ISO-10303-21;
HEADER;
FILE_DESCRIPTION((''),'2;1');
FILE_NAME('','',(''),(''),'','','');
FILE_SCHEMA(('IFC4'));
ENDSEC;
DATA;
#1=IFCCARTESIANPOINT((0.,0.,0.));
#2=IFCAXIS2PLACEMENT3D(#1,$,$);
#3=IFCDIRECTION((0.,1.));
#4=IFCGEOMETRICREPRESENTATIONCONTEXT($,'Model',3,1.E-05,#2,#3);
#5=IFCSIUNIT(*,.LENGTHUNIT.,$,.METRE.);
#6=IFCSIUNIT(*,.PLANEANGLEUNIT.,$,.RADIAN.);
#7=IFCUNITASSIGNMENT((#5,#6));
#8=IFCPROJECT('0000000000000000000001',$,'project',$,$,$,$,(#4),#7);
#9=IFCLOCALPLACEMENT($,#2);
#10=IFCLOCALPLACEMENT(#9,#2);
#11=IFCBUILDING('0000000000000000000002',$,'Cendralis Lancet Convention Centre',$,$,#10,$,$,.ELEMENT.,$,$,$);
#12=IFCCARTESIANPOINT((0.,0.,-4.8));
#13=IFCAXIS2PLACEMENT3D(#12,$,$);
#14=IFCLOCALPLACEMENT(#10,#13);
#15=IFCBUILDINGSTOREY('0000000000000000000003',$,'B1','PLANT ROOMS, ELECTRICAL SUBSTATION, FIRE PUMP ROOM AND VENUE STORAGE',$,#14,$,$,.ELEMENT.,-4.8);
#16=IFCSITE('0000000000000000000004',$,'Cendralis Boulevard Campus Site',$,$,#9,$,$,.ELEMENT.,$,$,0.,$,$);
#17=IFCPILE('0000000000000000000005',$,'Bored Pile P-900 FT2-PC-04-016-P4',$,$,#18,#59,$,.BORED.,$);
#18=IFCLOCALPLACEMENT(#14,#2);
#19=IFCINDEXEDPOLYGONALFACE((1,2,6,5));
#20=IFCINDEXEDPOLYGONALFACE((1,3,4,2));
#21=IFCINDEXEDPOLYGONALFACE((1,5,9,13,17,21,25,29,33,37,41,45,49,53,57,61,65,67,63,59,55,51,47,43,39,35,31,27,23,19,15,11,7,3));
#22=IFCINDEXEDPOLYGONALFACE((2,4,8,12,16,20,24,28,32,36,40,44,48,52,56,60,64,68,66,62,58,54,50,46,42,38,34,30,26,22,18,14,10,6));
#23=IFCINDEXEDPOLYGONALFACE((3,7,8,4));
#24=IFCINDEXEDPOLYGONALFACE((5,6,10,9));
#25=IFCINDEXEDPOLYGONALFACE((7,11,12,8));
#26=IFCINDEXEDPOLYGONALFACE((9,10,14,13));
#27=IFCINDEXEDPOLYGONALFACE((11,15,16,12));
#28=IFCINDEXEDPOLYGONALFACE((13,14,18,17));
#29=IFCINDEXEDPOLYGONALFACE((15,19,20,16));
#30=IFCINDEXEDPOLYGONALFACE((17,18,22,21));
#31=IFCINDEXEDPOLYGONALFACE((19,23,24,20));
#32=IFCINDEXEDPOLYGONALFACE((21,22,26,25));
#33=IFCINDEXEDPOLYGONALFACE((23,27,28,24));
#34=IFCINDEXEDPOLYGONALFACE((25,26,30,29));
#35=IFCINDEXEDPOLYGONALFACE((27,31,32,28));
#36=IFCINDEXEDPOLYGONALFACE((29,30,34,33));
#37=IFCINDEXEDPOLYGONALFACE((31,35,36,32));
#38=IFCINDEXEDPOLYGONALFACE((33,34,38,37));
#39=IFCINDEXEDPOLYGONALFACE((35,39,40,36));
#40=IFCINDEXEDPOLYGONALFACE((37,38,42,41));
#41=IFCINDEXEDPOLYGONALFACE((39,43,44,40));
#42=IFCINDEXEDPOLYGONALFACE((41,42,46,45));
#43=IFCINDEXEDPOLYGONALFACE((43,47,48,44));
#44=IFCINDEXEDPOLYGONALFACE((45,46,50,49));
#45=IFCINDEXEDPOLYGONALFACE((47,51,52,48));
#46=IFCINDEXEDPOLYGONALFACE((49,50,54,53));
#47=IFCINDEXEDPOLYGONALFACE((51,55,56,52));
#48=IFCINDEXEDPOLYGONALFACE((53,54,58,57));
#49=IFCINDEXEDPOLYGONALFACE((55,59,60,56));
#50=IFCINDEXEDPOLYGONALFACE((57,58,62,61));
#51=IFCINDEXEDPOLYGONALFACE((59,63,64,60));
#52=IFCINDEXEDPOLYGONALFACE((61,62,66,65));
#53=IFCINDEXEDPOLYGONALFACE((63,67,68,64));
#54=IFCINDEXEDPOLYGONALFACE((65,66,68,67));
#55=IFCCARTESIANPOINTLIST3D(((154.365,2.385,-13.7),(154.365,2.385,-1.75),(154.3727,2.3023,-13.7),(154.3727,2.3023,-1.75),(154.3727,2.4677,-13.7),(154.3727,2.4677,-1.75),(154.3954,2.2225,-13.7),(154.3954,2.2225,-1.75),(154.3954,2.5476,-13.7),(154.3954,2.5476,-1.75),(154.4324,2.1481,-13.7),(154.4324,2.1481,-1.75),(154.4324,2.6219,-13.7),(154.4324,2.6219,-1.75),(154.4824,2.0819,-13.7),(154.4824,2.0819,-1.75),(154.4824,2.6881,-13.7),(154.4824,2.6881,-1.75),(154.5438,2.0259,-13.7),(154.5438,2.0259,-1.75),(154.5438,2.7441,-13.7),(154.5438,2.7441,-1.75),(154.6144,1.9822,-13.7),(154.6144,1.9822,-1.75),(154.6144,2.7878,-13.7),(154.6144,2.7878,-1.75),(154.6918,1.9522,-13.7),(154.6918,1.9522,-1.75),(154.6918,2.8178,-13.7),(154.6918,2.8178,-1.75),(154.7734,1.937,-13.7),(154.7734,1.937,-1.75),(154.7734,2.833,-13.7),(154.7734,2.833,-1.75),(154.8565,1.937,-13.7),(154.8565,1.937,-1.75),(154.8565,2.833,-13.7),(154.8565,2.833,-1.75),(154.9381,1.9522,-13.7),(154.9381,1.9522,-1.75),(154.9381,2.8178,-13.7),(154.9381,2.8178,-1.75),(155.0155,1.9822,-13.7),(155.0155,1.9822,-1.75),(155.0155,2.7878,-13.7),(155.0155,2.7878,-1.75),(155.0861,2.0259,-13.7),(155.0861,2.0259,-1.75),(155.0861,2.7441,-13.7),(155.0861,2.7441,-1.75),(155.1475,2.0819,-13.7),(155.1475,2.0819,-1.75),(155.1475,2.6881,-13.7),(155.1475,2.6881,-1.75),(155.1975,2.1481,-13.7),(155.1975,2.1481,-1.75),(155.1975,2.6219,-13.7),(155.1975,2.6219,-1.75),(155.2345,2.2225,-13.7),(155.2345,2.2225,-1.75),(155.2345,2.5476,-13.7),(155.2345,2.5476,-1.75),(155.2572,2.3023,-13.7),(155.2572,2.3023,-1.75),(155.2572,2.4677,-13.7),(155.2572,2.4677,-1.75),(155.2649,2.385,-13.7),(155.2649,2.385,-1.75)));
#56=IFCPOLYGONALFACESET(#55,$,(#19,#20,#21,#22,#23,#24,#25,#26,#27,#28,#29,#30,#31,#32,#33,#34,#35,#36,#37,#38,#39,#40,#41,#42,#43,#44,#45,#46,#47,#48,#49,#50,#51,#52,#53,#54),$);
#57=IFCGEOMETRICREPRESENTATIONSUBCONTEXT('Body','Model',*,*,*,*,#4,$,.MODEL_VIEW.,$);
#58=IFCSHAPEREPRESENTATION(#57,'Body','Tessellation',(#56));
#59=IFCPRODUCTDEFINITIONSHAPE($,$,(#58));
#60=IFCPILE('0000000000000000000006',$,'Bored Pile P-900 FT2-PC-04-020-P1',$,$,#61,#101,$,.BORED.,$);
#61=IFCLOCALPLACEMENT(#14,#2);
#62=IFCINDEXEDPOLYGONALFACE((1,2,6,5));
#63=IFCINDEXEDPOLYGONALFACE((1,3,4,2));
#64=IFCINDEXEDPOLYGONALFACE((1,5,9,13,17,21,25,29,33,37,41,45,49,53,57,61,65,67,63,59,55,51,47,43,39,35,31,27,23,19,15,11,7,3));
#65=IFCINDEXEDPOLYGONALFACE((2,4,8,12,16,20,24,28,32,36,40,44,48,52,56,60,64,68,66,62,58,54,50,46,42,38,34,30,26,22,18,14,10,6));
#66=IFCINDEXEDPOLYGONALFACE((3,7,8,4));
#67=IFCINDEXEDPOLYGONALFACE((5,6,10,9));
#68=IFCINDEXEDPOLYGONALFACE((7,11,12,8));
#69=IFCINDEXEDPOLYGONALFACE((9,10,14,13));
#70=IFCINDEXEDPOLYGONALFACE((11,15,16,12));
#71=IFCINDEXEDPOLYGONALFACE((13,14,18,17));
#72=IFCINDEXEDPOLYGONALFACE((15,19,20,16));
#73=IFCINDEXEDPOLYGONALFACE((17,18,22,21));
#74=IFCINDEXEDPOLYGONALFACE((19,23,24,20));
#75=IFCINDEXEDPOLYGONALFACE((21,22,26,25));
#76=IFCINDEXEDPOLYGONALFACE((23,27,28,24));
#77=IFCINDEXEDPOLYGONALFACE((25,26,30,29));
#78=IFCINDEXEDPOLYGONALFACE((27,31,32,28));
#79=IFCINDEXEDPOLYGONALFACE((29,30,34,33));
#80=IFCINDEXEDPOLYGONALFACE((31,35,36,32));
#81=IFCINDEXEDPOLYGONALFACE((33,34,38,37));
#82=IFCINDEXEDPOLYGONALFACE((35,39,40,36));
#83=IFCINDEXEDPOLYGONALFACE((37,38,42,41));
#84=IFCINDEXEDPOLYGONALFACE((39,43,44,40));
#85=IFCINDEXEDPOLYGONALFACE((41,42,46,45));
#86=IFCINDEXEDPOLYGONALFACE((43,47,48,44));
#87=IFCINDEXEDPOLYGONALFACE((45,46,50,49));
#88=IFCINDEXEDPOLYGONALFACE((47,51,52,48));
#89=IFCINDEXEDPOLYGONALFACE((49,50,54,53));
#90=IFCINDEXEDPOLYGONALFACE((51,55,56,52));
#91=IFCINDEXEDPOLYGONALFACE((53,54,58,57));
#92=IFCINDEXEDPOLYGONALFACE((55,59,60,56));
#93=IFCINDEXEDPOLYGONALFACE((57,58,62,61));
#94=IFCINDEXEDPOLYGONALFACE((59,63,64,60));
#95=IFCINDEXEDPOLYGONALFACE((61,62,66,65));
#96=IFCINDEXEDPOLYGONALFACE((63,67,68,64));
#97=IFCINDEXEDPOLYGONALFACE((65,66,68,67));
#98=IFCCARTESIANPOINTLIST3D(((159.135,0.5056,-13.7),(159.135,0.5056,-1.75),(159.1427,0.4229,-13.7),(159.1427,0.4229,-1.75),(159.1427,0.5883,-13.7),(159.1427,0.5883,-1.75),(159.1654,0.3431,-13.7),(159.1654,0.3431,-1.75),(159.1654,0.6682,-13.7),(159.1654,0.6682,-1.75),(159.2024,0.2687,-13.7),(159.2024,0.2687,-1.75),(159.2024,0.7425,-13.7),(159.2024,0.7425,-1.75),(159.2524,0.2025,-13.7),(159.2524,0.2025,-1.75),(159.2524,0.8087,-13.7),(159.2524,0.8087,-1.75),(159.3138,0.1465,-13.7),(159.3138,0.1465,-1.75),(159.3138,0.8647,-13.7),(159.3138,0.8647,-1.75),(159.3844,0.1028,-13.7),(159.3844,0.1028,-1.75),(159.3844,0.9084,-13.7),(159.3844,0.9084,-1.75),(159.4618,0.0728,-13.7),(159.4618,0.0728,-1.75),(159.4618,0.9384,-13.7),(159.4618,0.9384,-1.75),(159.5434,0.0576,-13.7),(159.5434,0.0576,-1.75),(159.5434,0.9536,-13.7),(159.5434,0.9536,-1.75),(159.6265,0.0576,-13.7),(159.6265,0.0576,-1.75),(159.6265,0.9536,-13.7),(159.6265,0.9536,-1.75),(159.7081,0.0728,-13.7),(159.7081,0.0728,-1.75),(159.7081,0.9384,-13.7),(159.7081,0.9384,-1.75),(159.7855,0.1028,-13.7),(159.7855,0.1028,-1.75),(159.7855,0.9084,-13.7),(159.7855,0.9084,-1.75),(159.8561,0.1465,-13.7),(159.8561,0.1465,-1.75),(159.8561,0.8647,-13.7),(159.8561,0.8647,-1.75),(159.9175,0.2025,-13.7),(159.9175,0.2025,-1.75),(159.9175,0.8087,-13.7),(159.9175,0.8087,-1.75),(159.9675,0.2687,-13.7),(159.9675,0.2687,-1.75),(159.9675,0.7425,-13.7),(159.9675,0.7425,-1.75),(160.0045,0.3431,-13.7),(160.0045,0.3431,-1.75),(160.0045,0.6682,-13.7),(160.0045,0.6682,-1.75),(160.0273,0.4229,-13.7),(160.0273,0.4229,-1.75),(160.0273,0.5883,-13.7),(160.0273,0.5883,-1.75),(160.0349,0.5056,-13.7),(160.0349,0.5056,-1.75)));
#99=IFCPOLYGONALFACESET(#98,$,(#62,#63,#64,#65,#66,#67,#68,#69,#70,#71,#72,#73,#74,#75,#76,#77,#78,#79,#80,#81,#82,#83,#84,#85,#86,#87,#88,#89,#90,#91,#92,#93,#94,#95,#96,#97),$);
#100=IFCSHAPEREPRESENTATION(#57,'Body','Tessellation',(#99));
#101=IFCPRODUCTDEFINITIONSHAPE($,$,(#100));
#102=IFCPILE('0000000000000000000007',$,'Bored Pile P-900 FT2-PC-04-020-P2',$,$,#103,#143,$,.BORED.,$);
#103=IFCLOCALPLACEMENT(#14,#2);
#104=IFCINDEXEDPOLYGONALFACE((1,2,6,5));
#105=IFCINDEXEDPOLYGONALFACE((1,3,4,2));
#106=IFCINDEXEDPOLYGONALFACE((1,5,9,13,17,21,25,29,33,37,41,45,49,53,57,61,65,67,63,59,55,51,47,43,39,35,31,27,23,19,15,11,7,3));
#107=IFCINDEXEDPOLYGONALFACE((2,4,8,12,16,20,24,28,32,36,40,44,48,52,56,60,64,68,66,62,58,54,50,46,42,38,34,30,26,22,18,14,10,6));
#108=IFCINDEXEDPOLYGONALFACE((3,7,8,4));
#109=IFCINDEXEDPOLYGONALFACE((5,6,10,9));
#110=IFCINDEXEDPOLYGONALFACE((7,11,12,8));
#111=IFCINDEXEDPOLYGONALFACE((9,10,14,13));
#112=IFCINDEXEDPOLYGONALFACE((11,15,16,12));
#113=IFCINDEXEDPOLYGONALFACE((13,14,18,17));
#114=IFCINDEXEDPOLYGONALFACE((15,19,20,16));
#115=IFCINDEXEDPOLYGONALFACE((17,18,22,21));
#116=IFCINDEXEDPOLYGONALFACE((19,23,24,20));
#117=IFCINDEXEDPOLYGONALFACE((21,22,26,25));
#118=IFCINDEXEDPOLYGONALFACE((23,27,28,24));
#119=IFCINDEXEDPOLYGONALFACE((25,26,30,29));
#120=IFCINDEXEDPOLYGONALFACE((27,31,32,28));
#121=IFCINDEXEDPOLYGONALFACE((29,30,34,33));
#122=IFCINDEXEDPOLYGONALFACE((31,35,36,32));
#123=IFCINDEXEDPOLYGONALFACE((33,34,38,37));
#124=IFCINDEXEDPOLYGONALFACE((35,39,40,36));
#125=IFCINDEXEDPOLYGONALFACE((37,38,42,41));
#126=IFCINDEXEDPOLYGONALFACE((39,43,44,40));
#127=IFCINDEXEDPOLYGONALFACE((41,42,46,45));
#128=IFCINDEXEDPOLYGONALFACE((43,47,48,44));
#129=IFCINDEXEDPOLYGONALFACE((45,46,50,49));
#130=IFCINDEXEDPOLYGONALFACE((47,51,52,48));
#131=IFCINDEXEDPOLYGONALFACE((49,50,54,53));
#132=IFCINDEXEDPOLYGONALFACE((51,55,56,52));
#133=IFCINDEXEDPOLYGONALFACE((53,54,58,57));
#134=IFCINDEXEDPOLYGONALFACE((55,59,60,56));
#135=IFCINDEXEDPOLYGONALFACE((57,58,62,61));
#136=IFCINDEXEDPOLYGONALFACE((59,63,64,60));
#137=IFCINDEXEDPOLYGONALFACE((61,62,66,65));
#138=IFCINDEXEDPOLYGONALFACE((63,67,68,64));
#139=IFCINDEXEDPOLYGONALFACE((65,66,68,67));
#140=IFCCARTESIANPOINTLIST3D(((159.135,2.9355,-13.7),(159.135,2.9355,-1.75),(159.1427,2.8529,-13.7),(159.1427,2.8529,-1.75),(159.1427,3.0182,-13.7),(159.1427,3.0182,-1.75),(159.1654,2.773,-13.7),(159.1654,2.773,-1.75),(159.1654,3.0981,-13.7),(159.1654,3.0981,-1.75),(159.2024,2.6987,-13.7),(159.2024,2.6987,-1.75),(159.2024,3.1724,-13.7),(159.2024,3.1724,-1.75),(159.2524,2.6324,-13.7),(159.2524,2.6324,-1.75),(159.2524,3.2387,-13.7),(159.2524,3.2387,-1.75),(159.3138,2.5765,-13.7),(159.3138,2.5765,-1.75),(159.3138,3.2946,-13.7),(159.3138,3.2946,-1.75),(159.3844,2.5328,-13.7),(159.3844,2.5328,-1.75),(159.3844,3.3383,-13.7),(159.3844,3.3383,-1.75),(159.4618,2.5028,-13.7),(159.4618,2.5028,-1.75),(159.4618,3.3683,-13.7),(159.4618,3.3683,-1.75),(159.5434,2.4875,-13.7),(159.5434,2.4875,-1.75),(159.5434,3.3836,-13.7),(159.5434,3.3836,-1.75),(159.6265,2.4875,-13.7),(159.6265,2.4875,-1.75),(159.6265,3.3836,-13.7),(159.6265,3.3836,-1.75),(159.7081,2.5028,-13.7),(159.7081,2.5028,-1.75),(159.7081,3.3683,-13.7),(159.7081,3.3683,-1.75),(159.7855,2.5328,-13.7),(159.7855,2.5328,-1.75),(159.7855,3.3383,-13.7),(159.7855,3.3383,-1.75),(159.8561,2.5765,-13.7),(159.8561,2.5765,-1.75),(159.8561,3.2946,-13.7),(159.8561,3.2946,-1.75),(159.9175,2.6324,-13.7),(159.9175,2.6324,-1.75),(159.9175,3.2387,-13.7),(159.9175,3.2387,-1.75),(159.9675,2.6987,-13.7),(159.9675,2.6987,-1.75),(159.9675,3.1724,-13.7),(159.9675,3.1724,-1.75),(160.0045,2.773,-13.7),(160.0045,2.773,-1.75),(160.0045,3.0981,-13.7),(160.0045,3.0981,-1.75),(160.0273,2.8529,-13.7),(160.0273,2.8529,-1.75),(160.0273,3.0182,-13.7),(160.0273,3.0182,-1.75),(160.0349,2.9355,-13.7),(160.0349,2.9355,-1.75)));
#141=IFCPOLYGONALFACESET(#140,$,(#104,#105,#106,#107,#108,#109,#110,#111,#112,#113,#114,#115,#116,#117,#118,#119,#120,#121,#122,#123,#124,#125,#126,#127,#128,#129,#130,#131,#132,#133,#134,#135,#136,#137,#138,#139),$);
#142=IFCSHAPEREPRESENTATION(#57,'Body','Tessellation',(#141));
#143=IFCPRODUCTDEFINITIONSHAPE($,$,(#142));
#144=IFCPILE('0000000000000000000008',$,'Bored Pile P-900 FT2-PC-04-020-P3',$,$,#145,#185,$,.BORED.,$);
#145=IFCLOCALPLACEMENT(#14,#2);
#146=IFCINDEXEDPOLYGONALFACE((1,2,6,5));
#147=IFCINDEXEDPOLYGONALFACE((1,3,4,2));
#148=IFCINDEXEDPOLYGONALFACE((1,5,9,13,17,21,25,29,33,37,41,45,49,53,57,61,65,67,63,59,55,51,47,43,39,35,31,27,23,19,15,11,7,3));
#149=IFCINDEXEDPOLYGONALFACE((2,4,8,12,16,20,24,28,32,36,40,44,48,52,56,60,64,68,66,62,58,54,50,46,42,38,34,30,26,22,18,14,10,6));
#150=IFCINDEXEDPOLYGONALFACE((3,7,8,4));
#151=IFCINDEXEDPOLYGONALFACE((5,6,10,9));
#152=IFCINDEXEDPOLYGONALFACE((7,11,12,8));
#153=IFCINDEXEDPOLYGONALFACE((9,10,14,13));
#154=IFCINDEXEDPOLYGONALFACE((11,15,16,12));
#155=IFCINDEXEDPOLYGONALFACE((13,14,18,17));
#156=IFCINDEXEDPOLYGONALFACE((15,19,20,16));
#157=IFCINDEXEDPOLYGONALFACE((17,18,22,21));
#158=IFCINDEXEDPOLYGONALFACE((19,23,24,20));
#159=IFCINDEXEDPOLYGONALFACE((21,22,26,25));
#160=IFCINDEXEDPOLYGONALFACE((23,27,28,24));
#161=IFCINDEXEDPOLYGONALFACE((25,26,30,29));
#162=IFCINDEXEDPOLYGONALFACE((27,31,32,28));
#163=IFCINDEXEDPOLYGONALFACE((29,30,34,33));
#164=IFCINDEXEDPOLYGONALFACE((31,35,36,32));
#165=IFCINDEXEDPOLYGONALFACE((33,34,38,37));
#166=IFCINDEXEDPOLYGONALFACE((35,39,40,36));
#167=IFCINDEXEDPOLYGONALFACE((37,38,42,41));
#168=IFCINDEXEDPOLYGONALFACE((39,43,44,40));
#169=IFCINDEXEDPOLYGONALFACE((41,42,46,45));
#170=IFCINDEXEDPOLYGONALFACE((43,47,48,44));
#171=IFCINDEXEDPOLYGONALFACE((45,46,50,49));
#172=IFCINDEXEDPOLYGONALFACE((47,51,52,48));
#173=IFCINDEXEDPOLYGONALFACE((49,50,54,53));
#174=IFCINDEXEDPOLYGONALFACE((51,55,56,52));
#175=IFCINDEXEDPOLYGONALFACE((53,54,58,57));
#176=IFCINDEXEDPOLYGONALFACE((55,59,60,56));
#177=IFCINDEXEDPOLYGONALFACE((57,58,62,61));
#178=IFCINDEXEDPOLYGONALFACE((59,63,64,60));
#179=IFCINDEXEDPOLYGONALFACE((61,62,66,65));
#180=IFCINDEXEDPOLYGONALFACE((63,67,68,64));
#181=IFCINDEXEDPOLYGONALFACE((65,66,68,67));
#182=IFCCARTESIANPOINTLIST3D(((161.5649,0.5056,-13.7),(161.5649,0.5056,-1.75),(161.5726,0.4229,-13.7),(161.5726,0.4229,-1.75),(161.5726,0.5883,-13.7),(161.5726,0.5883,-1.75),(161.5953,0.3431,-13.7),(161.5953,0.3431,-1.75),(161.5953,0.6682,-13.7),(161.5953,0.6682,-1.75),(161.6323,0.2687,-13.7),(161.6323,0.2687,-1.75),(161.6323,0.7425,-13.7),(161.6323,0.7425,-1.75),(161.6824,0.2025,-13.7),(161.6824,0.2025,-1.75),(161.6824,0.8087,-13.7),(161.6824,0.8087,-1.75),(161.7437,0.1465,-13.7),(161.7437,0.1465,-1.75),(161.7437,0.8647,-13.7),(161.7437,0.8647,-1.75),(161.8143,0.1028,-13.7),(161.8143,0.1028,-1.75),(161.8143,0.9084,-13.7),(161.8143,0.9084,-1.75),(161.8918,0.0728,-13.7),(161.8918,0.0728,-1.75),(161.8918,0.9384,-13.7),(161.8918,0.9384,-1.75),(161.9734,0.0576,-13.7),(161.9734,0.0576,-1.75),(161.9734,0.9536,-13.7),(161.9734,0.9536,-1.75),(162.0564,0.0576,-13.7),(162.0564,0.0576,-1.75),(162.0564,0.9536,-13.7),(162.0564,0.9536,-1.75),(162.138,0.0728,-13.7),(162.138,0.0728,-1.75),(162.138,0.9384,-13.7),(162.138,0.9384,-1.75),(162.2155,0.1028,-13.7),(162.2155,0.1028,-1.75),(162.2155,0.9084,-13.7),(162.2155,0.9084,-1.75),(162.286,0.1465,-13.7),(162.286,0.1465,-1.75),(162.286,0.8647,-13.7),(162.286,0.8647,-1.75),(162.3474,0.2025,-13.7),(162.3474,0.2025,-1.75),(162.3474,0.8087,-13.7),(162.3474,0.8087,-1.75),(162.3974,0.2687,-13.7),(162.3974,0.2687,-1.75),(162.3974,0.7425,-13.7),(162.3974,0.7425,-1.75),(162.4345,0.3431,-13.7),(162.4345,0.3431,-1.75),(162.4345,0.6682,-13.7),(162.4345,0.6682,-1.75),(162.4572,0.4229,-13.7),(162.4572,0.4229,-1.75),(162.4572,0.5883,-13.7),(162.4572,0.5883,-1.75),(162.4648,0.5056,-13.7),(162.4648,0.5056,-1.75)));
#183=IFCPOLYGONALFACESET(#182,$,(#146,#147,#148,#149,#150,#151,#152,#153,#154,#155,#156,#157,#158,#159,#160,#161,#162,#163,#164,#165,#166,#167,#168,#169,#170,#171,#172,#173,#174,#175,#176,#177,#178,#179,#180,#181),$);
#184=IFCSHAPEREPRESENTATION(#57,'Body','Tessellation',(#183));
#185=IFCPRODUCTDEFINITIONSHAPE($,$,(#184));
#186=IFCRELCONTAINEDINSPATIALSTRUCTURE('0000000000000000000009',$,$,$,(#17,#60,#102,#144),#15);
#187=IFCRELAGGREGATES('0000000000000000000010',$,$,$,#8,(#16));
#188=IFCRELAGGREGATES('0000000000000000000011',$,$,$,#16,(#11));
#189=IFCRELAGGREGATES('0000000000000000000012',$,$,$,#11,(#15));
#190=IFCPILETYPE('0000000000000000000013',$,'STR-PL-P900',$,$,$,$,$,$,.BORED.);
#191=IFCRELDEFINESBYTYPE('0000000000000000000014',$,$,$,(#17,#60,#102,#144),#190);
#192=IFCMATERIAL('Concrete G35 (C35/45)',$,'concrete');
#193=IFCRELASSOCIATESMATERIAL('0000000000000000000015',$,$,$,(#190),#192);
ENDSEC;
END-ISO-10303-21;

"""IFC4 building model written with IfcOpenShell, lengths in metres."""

from ifc_helpers import new_model, si_unit, direction, frame, origin, origin_2d, place, context, subcontext, project, spatial, circle, extrude, material, material_profile, profile_set, type_object, element, save


model = new_model("IFC4")

# Units and contexts
model_context = context("Model", 3, precision=1e-05, world=origin(), true_north=direction((0.0, 1.0)))
body_context = subcontext(model_context, "Body", "Model", "MODEL_VIEW")
ifc_project = project(units=[si_unit("LENGTHUNIT", "METRE"), si_unit("PLANEANGLEUNIT", "RADIAN")], contexts=[model_context])

# Site, building, storey
site_placement = place(None, origin())
site = spatial("IfcSite", under=ifc_project, at=site_placement, Name="Cendralis Boulevard Campus Site", CompositionType="ELEMENT", RefElevation=0.0)
building_placement = place(site_placement, origin())
building = spatial("IfcBuilding", under=site, at=building_placement, Name="Cendralis Lancet Convention Centre", CompositionType="ELEMENT")
storey_placement = place(building_placement, frame((0.0, 0.0, -4.8)))
storey = spatial("IfcBuildingStorey", under=building, at=storey_placement, Name="B1", Description="PLANT ROOMS, ELECTRICAL SUBSTATION, FIRE PUMP ROOM AND VENUE STORAGE", CompositionType="ELEMENT", Elevation=-4.8)

# Shared definitions
ifc_material_1 = material(Name="Concrete G35 (C35/45)", Category="concrete")

# Piles
ifc_material_profile_1 = material_profile(ifc_material_1, circle(Radius=0.45, at=origin_2d()), Name="BORED PILE D900")
ifc_profile_set_1 = profile_set([ifc_material_profile_1], Name="Concrete G35 (C35/45)")
pile_type_1 = type_object("IfcPileType", Name="STR-PL-P900", PredefinedType="BORED", material=ifc_profile_set_1)
for number, where, z_axis, x_axis, name in (
    (1, (154.8149, 2.385, -1.75), (0.0, 0.0, -1.0), (1.0, 0.0, 0.0), "Bored Pile P-900 FT2-PC-04-016-P4"),
    (2, (159.585, 0.5056, -1.75), (0.0, 0.0, -1.0), (1.0, 0.0, 0.0), "Bored Pile P-900 FT2-PC-04-020-P1"),
    (3, (159.585, 2.9355, -1.75), (0.0, 0.0, -1.0), (1.0, 0.0, 0.0), "Bored Pile P-900 FT2-PC-04-020-P2"),
    (4, (162.0149, 0.5056, -1.75), (0.0, 0.0, -1.0), (1.0, 0.0, 0.0), "Bored Pile P-900 FT2-PC-04-020-P3"),
):
    element("IfcPile", number, at=place(storey_placement, frame(where, z_axis=z_axis, x_axis=x_axis)), inside=storey, type_object=pile_type_1, Name=name, PredefinedType="BORED", context=body_context, shape_type="SweptSolid", body=[
        extrude(circle(Radius=0.45, at=origin_2d()), origin(), (0.0, 0.0, 1.0), 11.95),
    ])

save(model, "model.ifc")
